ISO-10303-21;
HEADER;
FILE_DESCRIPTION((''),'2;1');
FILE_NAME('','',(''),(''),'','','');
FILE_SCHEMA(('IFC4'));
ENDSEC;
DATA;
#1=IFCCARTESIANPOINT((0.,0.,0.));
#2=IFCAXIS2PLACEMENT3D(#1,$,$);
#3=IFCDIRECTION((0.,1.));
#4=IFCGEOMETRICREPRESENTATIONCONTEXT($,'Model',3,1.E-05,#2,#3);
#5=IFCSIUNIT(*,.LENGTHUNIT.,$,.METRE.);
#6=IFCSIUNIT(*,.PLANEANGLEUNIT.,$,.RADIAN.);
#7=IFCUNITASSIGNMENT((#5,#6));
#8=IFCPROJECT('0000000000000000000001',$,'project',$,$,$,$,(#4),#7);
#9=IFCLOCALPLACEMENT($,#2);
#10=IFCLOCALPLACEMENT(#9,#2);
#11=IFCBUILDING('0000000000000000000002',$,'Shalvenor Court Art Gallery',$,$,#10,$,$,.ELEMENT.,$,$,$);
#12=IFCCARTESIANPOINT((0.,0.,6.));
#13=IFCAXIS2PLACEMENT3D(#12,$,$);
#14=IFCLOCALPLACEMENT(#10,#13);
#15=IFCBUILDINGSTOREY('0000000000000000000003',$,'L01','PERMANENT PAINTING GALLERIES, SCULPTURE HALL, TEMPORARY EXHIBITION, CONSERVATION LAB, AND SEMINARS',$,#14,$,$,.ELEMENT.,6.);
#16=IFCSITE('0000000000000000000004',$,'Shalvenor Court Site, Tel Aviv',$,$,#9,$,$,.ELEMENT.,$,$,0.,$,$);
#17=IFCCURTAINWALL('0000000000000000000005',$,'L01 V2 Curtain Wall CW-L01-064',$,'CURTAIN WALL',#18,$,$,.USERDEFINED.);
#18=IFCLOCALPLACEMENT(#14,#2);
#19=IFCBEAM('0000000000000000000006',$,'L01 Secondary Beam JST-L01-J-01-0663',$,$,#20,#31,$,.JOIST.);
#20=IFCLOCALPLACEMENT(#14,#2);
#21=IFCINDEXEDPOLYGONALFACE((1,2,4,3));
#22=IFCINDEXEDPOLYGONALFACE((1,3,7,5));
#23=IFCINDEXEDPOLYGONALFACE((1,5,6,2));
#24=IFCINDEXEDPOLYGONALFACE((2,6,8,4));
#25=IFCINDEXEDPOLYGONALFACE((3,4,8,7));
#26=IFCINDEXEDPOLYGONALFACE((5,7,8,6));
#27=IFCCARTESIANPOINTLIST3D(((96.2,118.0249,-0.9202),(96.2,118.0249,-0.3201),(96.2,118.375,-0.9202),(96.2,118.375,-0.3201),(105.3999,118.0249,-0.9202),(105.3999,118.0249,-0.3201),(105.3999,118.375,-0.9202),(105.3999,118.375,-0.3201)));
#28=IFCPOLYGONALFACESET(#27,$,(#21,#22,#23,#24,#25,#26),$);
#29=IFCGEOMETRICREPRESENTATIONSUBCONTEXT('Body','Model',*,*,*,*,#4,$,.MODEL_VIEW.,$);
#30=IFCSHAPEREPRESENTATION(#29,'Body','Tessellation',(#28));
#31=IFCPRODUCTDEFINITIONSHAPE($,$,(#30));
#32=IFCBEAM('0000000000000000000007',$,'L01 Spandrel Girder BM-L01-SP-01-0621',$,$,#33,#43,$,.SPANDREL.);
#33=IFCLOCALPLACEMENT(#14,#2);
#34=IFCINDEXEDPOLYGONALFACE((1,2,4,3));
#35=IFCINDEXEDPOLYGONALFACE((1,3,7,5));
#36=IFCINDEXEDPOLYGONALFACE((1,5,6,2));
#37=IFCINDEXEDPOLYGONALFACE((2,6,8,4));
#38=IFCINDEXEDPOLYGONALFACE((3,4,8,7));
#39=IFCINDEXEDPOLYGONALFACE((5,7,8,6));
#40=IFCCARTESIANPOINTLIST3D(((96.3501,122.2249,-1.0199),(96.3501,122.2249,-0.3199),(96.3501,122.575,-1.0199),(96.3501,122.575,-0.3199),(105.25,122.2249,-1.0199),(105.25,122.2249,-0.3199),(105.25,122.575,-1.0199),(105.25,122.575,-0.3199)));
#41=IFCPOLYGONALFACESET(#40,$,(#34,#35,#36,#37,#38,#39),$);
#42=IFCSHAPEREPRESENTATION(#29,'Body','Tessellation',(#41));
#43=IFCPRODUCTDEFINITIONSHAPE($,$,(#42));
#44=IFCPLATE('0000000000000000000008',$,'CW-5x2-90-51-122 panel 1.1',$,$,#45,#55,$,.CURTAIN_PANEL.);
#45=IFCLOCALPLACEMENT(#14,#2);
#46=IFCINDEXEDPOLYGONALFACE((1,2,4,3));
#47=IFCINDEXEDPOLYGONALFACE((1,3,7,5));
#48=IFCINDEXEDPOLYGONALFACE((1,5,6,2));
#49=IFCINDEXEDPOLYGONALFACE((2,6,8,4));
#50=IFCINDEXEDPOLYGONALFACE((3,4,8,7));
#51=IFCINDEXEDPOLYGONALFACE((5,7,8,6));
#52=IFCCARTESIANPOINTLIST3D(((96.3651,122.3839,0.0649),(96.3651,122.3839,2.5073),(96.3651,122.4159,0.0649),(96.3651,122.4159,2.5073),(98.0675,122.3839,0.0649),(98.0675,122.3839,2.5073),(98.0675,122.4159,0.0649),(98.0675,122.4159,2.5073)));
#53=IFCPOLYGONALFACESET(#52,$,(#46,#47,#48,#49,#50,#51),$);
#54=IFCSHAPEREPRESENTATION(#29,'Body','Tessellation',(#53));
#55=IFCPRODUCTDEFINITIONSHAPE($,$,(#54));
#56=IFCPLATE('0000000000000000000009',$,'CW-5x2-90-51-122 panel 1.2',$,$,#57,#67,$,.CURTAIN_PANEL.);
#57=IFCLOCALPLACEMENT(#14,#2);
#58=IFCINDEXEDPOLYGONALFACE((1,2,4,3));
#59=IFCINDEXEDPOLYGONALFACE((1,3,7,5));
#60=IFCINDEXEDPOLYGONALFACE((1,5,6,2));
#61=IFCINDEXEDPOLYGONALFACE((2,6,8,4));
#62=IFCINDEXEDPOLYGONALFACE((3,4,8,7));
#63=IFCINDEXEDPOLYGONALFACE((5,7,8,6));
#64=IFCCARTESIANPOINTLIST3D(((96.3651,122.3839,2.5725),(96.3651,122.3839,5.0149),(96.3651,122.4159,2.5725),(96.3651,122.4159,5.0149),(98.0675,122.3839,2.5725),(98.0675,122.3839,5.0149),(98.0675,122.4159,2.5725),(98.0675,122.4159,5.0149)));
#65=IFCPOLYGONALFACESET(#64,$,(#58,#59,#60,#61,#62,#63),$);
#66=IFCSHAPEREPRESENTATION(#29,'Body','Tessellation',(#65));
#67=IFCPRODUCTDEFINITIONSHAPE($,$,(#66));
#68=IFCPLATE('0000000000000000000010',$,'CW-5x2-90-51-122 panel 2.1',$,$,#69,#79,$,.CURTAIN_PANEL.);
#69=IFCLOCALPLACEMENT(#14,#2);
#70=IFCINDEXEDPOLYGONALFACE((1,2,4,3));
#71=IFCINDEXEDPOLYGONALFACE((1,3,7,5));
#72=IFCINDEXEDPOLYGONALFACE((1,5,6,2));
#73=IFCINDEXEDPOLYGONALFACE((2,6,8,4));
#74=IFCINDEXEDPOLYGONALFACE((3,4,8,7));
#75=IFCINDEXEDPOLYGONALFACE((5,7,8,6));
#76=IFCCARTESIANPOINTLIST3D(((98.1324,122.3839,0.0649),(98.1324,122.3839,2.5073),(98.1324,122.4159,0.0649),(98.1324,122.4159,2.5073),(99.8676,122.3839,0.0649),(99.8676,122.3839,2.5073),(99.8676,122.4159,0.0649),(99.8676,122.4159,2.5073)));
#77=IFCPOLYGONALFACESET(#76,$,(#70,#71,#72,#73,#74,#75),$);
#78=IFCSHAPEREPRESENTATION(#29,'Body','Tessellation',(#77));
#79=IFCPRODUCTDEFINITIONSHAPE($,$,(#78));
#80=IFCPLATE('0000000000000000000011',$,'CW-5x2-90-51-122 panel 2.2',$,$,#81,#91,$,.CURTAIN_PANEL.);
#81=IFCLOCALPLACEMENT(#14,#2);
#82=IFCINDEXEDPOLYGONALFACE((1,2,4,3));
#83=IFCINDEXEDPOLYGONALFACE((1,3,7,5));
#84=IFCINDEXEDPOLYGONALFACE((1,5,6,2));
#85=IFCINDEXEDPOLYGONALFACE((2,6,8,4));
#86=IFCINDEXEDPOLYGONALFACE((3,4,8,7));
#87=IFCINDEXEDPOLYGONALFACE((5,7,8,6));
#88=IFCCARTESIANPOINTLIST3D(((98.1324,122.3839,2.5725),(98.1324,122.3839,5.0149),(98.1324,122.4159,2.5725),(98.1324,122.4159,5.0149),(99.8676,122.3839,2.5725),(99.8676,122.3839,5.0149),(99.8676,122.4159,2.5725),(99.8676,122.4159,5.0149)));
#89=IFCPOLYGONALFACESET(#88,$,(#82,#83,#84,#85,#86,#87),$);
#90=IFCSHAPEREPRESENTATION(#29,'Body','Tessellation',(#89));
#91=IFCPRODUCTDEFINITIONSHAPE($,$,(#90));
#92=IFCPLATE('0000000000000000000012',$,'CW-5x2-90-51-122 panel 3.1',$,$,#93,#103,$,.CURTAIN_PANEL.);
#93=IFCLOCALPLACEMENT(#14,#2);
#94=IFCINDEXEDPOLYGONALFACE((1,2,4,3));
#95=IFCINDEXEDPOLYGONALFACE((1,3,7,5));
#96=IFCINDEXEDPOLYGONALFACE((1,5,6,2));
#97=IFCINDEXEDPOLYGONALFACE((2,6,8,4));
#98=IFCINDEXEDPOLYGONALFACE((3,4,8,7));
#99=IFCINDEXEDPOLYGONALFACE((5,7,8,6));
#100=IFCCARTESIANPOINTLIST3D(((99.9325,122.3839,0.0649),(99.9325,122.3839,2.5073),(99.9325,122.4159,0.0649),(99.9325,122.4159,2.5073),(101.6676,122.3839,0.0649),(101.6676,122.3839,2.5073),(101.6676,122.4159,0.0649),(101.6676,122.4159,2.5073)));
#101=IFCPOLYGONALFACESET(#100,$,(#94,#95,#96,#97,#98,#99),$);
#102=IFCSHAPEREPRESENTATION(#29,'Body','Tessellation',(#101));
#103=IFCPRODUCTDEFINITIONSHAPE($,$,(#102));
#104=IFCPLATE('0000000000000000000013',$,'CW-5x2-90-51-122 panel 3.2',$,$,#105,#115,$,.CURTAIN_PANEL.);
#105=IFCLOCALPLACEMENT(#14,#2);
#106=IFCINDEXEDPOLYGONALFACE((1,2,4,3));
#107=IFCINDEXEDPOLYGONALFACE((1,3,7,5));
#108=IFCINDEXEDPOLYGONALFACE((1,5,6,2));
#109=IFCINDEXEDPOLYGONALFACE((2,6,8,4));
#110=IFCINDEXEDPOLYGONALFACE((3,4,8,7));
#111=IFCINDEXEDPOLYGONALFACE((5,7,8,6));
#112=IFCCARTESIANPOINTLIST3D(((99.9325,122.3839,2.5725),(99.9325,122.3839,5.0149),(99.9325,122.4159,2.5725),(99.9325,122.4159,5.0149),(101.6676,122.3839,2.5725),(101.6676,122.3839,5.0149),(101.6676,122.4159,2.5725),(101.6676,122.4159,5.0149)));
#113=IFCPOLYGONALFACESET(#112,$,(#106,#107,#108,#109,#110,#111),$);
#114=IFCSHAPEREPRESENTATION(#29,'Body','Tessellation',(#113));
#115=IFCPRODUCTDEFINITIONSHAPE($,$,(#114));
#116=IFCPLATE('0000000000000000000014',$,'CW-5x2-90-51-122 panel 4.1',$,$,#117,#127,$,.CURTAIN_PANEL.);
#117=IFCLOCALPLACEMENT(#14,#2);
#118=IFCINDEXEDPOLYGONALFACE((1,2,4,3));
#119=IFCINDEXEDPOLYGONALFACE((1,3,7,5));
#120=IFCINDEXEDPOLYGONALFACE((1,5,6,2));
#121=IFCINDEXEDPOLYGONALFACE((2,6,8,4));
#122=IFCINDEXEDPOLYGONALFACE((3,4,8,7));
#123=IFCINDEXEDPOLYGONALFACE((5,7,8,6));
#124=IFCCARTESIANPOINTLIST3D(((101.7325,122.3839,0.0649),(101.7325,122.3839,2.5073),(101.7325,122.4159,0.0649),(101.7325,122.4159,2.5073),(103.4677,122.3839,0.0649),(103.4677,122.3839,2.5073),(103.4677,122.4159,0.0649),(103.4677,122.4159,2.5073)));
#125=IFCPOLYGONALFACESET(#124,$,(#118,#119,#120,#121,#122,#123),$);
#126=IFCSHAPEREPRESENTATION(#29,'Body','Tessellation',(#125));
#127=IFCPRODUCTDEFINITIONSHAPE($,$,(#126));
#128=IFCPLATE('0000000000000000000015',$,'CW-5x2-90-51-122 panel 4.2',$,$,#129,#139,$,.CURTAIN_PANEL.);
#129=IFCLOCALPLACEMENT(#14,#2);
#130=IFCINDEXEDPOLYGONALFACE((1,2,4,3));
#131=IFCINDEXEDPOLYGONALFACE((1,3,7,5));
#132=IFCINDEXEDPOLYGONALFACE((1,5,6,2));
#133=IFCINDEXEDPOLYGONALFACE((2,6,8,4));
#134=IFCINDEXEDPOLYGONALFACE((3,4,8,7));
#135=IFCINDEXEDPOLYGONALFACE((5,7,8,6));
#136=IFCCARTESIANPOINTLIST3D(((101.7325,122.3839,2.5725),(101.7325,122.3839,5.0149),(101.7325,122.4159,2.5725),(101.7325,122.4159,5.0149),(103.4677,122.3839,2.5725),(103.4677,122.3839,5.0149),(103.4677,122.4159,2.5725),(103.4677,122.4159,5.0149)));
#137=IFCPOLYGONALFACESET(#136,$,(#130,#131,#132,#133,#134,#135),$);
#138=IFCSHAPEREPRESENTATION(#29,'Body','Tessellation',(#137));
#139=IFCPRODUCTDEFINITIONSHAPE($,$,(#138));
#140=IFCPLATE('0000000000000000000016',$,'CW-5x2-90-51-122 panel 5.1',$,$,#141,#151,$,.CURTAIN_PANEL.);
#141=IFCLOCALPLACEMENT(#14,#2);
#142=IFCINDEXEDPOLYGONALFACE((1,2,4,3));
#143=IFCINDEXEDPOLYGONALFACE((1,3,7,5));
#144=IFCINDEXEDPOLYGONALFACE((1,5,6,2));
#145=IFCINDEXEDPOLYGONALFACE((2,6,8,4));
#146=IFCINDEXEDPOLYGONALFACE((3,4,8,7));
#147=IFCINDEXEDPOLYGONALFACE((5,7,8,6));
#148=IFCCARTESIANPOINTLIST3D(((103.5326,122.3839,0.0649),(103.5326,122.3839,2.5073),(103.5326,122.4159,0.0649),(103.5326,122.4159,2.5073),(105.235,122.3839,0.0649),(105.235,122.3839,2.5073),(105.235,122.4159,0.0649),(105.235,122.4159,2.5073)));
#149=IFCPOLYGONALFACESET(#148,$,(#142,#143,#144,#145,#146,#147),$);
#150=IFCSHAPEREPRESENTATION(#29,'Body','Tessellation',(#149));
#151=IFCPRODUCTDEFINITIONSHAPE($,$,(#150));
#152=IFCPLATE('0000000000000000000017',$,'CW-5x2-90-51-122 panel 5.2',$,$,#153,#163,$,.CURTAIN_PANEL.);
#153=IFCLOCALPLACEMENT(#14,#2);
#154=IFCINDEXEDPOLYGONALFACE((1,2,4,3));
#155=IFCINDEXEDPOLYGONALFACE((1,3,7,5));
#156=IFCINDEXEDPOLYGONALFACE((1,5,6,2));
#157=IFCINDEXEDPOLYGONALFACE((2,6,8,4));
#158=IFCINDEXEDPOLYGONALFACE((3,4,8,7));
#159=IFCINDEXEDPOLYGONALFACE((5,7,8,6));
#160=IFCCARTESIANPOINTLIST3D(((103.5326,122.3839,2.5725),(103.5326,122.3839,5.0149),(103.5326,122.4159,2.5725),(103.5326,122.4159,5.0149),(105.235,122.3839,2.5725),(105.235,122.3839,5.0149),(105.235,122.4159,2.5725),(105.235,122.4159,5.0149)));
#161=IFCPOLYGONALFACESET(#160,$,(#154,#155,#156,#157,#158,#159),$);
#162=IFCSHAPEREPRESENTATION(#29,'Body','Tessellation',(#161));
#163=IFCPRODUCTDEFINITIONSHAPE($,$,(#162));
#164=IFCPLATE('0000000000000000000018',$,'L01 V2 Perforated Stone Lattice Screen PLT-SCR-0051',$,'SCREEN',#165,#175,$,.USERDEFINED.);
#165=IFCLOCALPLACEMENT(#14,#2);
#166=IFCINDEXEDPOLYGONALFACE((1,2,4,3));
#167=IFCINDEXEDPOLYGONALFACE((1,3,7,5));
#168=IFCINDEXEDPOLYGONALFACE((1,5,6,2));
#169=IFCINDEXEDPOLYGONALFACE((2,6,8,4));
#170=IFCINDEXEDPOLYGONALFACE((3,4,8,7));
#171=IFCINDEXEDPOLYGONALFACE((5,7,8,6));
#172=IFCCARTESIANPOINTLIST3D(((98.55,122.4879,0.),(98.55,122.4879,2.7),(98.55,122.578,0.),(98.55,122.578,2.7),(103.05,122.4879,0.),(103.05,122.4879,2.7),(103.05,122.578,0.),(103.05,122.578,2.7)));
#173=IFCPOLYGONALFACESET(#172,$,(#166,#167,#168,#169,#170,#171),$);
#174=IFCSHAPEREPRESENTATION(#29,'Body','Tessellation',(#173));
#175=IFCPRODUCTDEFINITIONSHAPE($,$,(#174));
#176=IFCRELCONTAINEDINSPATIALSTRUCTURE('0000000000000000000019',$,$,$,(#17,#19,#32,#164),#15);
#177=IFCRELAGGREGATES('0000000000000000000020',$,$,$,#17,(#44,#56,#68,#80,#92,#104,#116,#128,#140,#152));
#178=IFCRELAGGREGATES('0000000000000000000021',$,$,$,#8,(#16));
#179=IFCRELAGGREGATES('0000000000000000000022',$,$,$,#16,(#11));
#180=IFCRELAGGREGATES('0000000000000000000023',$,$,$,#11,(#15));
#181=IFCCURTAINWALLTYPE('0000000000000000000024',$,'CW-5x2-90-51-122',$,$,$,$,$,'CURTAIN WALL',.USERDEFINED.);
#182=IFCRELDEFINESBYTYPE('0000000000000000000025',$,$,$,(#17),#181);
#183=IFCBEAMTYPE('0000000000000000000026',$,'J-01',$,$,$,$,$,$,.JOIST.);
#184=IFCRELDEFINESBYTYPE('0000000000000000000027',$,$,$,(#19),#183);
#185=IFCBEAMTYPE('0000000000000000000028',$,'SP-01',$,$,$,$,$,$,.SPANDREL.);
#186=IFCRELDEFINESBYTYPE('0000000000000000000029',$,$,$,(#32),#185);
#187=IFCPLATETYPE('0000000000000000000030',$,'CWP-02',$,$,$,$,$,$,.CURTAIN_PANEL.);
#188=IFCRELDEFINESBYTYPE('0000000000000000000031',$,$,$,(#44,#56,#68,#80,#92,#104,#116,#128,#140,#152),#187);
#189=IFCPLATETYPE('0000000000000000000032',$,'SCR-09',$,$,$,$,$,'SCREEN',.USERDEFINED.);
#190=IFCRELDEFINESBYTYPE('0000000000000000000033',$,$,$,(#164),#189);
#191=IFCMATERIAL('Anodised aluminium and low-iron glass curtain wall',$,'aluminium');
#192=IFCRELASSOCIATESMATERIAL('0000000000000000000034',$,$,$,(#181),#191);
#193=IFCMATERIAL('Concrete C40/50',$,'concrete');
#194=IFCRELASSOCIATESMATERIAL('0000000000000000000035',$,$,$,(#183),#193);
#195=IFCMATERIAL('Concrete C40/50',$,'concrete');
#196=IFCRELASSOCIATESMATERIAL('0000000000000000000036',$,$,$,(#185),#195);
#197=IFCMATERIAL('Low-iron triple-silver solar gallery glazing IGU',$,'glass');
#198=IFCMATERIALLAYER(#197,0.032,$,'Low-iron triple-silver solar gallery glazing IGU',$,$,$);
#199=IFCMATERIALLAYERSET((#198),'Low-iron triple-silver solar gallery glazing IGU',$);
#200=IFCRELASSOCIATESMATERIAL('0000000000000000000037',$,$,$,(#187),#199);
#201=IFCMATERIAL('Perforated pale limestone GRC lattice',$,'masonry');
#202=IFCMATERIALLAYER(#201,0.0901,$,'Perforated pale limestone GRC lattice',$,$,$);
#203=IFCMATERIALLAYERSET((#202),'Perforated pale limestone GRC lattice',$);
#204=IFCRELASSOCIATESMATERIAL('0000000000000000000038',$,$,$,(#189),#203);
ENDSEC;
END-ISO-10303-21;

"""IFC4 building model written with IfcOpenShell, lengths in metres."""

from ifc_helpers import new_model, si_unit, direction, frame, origin, origin_2d, place, context, subcontext, project, spatial, rectangle, extrude, material, layer, layer_set, material_profile, profile_set, type_object, element, aggregate, save


model = new_model("IFC4")

# Units and contexts
model_context = context("Model", 3, precision=1e-05, world=origin(), true_north=direction((0.0, 1.0)))
body_context = subcontext(model_context, "Body", "Model", "MODEL_VIEW")
ifc_project = project(units=[si_unit("LENGTHUNIT", "METRE"), si_unit("PLANEANGLEUNIT", "RADIAN")], contexts=[model_context])

# Site, building, storey
site_placement = place(None, origin())
site = spatial("IfcSite", under=ifc_project, at=site_placement, Name="Shalvenor Court Site, Tel Aviv", CompositionType="ELEMENT", RefElevation=0.0)
building_placement = place(site_placement, origin())
building = spatial("IfcBuilding", under=site, at=building_placement, Name="Shalvenor Court Art Gallery", CompositionType="ELEMENT")
storey_placement = place(building_placement, frame((0.0, 0.0, 6.0)))
storey = spatial("IfcBuildingStorey", under=building, at=storey_placement, Name="L01", Description="PERMANENT PAINTING GALLERIES, SCULPTURE HALL, TEMPORARY EXHIBITION, CONSERVATION LAB, AND SEMINARS", CompositionType="ELEMENT", Elevation=6.0)

# Curtain wall
ifc_material_1 = material(Name="Anodised aluminium and low-iron glass curtain wall", Category="aluminium")
curtain_wall_type = type_object("IfcCurtainWallType", Name="CW-5x2-90-51-122", ElementType="CURTAIN WALL", PredefinedType="USERDEFINED", material=ifc_material_1)
curtain_wall_placement = place(storey_placement, origin())
curtain_wall = element("IfcCurtainWall", 1, at=curtain_wall_placement, inside=storey, type_object=curtain_wall_type, Name="L01 V2 Curtain Wall CW-L01-064", ObjectType="CURTAIN WALL", PredefinedType="USERDEFINED")

# Beams
ifc_material_2 = material(Name="Concrete C40/50", Category="concrete")
ifc_material_profile_1 = material_profile(ifc_material_2, rectangle(XDim=0.3501, YDim=0.6001, at=origin_2d()), Name="RC 350x600")
ifc_profile_set_1 = profile_set([ifc_material_profile_1], Name="Concrete C40/50")
beam_type_1 = type_object("IfcBeamType", Name="J-01", PredefinedType="JOIST", material=ifc_profile_set_1)
for number, where, z_axis, x_axis, name in (
    (2, (96.2, 118.2, -0.6201), (1.0, 0.0, 0.0), (0.0, 1.0, 0.0), "L01 Secondary Beam JST-L01-J-01-0663"),
):
    element("IfcBeam", number, at=place(storey_placement, frame(where, z_axis=z_axis, x_axis=x_axis)), inside=storey, type_object=beam_type_1, Name=name, PredefinedType="JOIST", context=body_context, shape_type="SweptSolid", body=[
        extrude(rectangle(XDim=0.3501, YDim=0.6001, at=origin_2d()), origin(), (0.0, 0.0, 1.0), 9.2),
    ])
ifc_material_3 = material(Name="Concrete C40/50", Category="concrete")
ifc_material_profile_2 = material_profile(ifc_material_3, rectangle(XDim=0.3501, YDim=0.7, at=origin_2d()), Name="RC 350x700")
ifc_profile_set_2 = profile_set([ifc_material_profile_2], Name="Concrete C40/50")
beam_type_2 = type_object("IfcBeamType", Name="SP-01", PredefinedType="SPANDREL", material=ifc_profile_set_2)
beam_1_placement = place(storey_placement, frame((96.3501, 122.3999, -0.6699), z_axis=(1.0, 0.0, 0.0), x_axis=(0.0, 1.0, 0.0)))
element("IfcBeam", 3, at=beam_1_placement, inside=storey, type_object=beam_type_2, Name="L01 Spandrel Girder BM-L01-SP-01-0621", PredefinedType="SPANDREL", context=body_context, shape_type="SweptSolid", body=[
    extrude(rectangle(XDim=0.3501, YDim=0.7, at=origin_2d()), origin(), (0.0, 0.0, 1.0), 8.8999),
])

# Plates
ifc_material_4 = material(Name="Low-iron triple-silver solar gallery glazing IGU", Category="glass")
ifc_layer_1 = layer(ifc_material_4, 0.032, Name="Low-iron triple-silver solar gallery glazing IGU")
ifc_layer_set_1 = layer_set([ifc_layer_1], Name="Low-iron triple-silver solar gallery glazing IGU")
plate_type_1 = type_object("IfcPlateType", Name="CWP-02", PredefinedType="CURTAIN_PANEL", material=ifc_layer_set_1)
plate_1_placement = place(storey_placement, frame((97.2163, 122.3999, 0.0649), z_axis=(0.0, 0.0, 1.0), x_axis=(1.0, 0.0, 0.0)))
plate_1 = element("IfcPlate", 4, at=plate_1_placement, type_object=plate_type_1, Name="CW-5x2-90-51-122 panel 1.1", PredefinedType="CURTAIN_PANEL", context=body_context, shape_type="SweptSolid", body=[
    extrude(rectangle(XDim=1.7024, YDim=0.032, at=origin_2d()), origin(), (0.0, 0.0, 1.0), 2.4424),
])
plate_2_placement = place(storey_placement, frame((97.2163, 122.3999, 2.5725), z_axis=(0.0, 0.0, 1.0), x_axis=(1.0, 0.0, 0.0)))
plate_2 = element("IfcPlate", 5, at=plate_2_placement, type_object=plate_type_1, Name="CW-5x2-90-51-122 panel 1.2", PredefinedType="CURTAIN_PANEL", context=body_context, shape_type="SweptSolid", body=[
    extrude(rectangle(XDim=1.7024, YDim=0.032, at=origin_2d()), origin(), (0.0, 0.0, 1.0), 2.4424),
])
plate_3_placement = place(storey_placement, frame((99.0, 122.3999, 0.0649), z_axis=(0.0, 0.0, 1.0), x_axis=(1.0, 0.0, 0.0)))
plate_3 = element("IfcPlate", 6, at=plate_3_placement, type_object=plate_type_1, Name="CW-5x2-90-51-122 panel 2.1", PredefinedType="CURTAIN_PANEL", context=body_context, shape_type="SweptSolid", body=[
    extrude(rectangle(XDim=1.7351, YDim=0.032, at=origin_2d()), origin(), (0.0, 0.0, 1.0), 2.4424),
])
plate_4_placement = place(storey_placement, frame((99.0, 122.3999, 2.5725), z_axis=(0.0, 0.0, 1.0), x_axis=(1.0, 0.0, 0.0)))
plate_4 = element("IfcPlate", 7, at=plate_4_placement, type_object=plate_type_1, Name="CW-5x2-90-51-122 panel 2.2", PredefinedType="CURTAIN_PANEL", context=body_context, shape_type="SweptSolid", body=[
    extrude(rectangle(XDim=1.7351, YDim=0.032, at=origin_2d()), origin(), (0.0, 0.0, 1.0), 2.4424),
])
plate_5_placement = place(storey_placement, frame((100.8, 122.3999, 0.0649), z_axis=(0.0, 0.0, 1.0), x_axis=(1.0, 0.0, 0.0)))
plate_5 = element("IfcPlate", 8, at=plate_5_placement, type_object=plate_type_1, Name="CW-5x2-90-51-122 panel 3.1", PredefinedType="CURTAIN_PANEL", context=body_context, shape_type="SweptSolid", body=[
    extrude(rectangle(XDim=1.7351, YDim=0.032, at=origin_2d()), origin(), (0.0, 0.0, 1.0), 2.4424),
])
plate_6_placement = place(storey_placement, frame((100.8, 122.3999, 2.5725), z_axis=(0.0, 0.0, 1.0), x_axis=(1.0, 0.0, 0.0)))
plate_6 = element("IfcPlate", 9, at=plate_6_placement, type_object=plate_type_1, Name="CW-5x2-90-51-122 panel 3.2", PredefinedType="CURTAIN_PANEL", context=body_context, shape_type="SweptSolid", body=[
    extrude(rectangle(XDim=1.7351, YDim=0.032, at=origin_2d()), origin(), (0.0, 0.0, 1.0), 2.4424),
])
plate_7_placement = place(storey_placement, frame((102.6001, 122.3999, 0.0649), z_axis=(0.0, 0.0, 1.0), x_axis=(1.0, 0.0, 0.0)))
plate_7 = element("IfcPlate", 10, at=plate_7_placement, type_object=plate_type_1, Name="CW-5x2-90-51-122 panel 4.1", PredefinedType="CURTAIN_PANEL", context=body_context, shape_type="SweptSolid", body=[
    extrude(rectangle(XDim=1.7351, YDim=0.032, at=origin_2d()), origin(), (0.0, 0.0, 1.0), 2.4424),
])
plate_8_placement = place(storey_placement, frame((102.6001, 122.3999, 2.5725), z_axis=(0.0, 0.0, 1.0), x_axis=(1.0, 0.0, 0.0)))
plate_8 = element("IfcPlate", 11, at=plate_8_placement, type_object=plate_type_1, Name="CW-5x2-90-51-122 panel 4.2", PredefinedType="CURTAIN_PANEL", context=body_context, shape_type="SweptSolid", body=[
    extrude(rectangle(XDim=1.7351, YDim=0.032, at=origin_2d()), origin(), (0.0, 0.0, 1.0), 2.4424),
])
plate_9_placement = place(storey_placement, frame((104.3838, 122.3999, 0.0649), z_axis=(0.0, 0.0, 1.0), x_axis=(1.0, 0.0, 0.0)))
plate_9 = element("IfcPlate", 12, at=plate_9_placement, type_object=plate_type_1, Name="CW-5x2-90-51-122 panel 5.1", PredefinedType="CURTAIN_PANEL", context=body_context, shape_type="SweptSolid", body=[
    extrude(rectangle(XDim=1.7024, YDim=0.032, at=origin_2d()), origin(), (0.0, 0.0, 1.0), 2.4424),
])
plate_10_placement = place(storey_placement, frame((104.3838, 122.3999, 2.5725), z_axis=(0.0, 0.0, 1.0), x_axis=(1.0, 0.0, 0.0)))
plate_10 = element("IfcPlate", 13, at=plate_10_placement, type_object=plate_type_1, Name="CW-5x2-90-51-122 panel 5.2", PredefinedType="CURTAIN_PANEL", context=body_context, shape_type="SweptSolid", body=[
    extrude(rectangle(XDim=1.7024, YDim=0.032, at=origin_2d()), origin(), (0.0, 0.0, 1.0), 2.4424),
])
aggregate(curtain_wall, [plate_1, plate_2, plate_3, plate_4, plate_5, plate_6, plate_7, plate_8, plate_9, plate_10])
ifc_material_5 = material(Name="Perforated pale limestone GRC lattice", Category="masonry")
ifc_layer_2 = layer(ifc_material_5, 0.0901, Name="Perforated pale limestone GRC lattice")
ifc_layer_set_2 = layer_set([ifc_layer_2], Name="Perforated pale limestone GRC lattice")
plate_type_2 = type_object("IfcPlateType", Name="SCR-09", ElementType="SCREEN", PredefinedType="USERDEFINED", material=ifc_layer_set_2)
plate_11_placement = place(storey_placement, frame((100.8, 122.533, 0.0), z_axis=(0.0, 0.0, 1.0), x_axis=(1.0, 0.0, 0.0)))
element("IfcPlate", 14, at=plate_11_placement, inside=storey, type_object=plate_type_2, Name="L01 V2 Perforated Stone Lattice Screen PLT-SCR-0051", ObjectType="SCREEN", PredefinedType="USERDEFINED", context=body_context, shape_type="SweptSolid", body=[
    extrude(rectangle(XDim=4.5, YDim=0.0901, at=origin_2d()), origin(), (0.0, 0.0, 1.0), 2.7),
])

save(model, "model.ifc")
